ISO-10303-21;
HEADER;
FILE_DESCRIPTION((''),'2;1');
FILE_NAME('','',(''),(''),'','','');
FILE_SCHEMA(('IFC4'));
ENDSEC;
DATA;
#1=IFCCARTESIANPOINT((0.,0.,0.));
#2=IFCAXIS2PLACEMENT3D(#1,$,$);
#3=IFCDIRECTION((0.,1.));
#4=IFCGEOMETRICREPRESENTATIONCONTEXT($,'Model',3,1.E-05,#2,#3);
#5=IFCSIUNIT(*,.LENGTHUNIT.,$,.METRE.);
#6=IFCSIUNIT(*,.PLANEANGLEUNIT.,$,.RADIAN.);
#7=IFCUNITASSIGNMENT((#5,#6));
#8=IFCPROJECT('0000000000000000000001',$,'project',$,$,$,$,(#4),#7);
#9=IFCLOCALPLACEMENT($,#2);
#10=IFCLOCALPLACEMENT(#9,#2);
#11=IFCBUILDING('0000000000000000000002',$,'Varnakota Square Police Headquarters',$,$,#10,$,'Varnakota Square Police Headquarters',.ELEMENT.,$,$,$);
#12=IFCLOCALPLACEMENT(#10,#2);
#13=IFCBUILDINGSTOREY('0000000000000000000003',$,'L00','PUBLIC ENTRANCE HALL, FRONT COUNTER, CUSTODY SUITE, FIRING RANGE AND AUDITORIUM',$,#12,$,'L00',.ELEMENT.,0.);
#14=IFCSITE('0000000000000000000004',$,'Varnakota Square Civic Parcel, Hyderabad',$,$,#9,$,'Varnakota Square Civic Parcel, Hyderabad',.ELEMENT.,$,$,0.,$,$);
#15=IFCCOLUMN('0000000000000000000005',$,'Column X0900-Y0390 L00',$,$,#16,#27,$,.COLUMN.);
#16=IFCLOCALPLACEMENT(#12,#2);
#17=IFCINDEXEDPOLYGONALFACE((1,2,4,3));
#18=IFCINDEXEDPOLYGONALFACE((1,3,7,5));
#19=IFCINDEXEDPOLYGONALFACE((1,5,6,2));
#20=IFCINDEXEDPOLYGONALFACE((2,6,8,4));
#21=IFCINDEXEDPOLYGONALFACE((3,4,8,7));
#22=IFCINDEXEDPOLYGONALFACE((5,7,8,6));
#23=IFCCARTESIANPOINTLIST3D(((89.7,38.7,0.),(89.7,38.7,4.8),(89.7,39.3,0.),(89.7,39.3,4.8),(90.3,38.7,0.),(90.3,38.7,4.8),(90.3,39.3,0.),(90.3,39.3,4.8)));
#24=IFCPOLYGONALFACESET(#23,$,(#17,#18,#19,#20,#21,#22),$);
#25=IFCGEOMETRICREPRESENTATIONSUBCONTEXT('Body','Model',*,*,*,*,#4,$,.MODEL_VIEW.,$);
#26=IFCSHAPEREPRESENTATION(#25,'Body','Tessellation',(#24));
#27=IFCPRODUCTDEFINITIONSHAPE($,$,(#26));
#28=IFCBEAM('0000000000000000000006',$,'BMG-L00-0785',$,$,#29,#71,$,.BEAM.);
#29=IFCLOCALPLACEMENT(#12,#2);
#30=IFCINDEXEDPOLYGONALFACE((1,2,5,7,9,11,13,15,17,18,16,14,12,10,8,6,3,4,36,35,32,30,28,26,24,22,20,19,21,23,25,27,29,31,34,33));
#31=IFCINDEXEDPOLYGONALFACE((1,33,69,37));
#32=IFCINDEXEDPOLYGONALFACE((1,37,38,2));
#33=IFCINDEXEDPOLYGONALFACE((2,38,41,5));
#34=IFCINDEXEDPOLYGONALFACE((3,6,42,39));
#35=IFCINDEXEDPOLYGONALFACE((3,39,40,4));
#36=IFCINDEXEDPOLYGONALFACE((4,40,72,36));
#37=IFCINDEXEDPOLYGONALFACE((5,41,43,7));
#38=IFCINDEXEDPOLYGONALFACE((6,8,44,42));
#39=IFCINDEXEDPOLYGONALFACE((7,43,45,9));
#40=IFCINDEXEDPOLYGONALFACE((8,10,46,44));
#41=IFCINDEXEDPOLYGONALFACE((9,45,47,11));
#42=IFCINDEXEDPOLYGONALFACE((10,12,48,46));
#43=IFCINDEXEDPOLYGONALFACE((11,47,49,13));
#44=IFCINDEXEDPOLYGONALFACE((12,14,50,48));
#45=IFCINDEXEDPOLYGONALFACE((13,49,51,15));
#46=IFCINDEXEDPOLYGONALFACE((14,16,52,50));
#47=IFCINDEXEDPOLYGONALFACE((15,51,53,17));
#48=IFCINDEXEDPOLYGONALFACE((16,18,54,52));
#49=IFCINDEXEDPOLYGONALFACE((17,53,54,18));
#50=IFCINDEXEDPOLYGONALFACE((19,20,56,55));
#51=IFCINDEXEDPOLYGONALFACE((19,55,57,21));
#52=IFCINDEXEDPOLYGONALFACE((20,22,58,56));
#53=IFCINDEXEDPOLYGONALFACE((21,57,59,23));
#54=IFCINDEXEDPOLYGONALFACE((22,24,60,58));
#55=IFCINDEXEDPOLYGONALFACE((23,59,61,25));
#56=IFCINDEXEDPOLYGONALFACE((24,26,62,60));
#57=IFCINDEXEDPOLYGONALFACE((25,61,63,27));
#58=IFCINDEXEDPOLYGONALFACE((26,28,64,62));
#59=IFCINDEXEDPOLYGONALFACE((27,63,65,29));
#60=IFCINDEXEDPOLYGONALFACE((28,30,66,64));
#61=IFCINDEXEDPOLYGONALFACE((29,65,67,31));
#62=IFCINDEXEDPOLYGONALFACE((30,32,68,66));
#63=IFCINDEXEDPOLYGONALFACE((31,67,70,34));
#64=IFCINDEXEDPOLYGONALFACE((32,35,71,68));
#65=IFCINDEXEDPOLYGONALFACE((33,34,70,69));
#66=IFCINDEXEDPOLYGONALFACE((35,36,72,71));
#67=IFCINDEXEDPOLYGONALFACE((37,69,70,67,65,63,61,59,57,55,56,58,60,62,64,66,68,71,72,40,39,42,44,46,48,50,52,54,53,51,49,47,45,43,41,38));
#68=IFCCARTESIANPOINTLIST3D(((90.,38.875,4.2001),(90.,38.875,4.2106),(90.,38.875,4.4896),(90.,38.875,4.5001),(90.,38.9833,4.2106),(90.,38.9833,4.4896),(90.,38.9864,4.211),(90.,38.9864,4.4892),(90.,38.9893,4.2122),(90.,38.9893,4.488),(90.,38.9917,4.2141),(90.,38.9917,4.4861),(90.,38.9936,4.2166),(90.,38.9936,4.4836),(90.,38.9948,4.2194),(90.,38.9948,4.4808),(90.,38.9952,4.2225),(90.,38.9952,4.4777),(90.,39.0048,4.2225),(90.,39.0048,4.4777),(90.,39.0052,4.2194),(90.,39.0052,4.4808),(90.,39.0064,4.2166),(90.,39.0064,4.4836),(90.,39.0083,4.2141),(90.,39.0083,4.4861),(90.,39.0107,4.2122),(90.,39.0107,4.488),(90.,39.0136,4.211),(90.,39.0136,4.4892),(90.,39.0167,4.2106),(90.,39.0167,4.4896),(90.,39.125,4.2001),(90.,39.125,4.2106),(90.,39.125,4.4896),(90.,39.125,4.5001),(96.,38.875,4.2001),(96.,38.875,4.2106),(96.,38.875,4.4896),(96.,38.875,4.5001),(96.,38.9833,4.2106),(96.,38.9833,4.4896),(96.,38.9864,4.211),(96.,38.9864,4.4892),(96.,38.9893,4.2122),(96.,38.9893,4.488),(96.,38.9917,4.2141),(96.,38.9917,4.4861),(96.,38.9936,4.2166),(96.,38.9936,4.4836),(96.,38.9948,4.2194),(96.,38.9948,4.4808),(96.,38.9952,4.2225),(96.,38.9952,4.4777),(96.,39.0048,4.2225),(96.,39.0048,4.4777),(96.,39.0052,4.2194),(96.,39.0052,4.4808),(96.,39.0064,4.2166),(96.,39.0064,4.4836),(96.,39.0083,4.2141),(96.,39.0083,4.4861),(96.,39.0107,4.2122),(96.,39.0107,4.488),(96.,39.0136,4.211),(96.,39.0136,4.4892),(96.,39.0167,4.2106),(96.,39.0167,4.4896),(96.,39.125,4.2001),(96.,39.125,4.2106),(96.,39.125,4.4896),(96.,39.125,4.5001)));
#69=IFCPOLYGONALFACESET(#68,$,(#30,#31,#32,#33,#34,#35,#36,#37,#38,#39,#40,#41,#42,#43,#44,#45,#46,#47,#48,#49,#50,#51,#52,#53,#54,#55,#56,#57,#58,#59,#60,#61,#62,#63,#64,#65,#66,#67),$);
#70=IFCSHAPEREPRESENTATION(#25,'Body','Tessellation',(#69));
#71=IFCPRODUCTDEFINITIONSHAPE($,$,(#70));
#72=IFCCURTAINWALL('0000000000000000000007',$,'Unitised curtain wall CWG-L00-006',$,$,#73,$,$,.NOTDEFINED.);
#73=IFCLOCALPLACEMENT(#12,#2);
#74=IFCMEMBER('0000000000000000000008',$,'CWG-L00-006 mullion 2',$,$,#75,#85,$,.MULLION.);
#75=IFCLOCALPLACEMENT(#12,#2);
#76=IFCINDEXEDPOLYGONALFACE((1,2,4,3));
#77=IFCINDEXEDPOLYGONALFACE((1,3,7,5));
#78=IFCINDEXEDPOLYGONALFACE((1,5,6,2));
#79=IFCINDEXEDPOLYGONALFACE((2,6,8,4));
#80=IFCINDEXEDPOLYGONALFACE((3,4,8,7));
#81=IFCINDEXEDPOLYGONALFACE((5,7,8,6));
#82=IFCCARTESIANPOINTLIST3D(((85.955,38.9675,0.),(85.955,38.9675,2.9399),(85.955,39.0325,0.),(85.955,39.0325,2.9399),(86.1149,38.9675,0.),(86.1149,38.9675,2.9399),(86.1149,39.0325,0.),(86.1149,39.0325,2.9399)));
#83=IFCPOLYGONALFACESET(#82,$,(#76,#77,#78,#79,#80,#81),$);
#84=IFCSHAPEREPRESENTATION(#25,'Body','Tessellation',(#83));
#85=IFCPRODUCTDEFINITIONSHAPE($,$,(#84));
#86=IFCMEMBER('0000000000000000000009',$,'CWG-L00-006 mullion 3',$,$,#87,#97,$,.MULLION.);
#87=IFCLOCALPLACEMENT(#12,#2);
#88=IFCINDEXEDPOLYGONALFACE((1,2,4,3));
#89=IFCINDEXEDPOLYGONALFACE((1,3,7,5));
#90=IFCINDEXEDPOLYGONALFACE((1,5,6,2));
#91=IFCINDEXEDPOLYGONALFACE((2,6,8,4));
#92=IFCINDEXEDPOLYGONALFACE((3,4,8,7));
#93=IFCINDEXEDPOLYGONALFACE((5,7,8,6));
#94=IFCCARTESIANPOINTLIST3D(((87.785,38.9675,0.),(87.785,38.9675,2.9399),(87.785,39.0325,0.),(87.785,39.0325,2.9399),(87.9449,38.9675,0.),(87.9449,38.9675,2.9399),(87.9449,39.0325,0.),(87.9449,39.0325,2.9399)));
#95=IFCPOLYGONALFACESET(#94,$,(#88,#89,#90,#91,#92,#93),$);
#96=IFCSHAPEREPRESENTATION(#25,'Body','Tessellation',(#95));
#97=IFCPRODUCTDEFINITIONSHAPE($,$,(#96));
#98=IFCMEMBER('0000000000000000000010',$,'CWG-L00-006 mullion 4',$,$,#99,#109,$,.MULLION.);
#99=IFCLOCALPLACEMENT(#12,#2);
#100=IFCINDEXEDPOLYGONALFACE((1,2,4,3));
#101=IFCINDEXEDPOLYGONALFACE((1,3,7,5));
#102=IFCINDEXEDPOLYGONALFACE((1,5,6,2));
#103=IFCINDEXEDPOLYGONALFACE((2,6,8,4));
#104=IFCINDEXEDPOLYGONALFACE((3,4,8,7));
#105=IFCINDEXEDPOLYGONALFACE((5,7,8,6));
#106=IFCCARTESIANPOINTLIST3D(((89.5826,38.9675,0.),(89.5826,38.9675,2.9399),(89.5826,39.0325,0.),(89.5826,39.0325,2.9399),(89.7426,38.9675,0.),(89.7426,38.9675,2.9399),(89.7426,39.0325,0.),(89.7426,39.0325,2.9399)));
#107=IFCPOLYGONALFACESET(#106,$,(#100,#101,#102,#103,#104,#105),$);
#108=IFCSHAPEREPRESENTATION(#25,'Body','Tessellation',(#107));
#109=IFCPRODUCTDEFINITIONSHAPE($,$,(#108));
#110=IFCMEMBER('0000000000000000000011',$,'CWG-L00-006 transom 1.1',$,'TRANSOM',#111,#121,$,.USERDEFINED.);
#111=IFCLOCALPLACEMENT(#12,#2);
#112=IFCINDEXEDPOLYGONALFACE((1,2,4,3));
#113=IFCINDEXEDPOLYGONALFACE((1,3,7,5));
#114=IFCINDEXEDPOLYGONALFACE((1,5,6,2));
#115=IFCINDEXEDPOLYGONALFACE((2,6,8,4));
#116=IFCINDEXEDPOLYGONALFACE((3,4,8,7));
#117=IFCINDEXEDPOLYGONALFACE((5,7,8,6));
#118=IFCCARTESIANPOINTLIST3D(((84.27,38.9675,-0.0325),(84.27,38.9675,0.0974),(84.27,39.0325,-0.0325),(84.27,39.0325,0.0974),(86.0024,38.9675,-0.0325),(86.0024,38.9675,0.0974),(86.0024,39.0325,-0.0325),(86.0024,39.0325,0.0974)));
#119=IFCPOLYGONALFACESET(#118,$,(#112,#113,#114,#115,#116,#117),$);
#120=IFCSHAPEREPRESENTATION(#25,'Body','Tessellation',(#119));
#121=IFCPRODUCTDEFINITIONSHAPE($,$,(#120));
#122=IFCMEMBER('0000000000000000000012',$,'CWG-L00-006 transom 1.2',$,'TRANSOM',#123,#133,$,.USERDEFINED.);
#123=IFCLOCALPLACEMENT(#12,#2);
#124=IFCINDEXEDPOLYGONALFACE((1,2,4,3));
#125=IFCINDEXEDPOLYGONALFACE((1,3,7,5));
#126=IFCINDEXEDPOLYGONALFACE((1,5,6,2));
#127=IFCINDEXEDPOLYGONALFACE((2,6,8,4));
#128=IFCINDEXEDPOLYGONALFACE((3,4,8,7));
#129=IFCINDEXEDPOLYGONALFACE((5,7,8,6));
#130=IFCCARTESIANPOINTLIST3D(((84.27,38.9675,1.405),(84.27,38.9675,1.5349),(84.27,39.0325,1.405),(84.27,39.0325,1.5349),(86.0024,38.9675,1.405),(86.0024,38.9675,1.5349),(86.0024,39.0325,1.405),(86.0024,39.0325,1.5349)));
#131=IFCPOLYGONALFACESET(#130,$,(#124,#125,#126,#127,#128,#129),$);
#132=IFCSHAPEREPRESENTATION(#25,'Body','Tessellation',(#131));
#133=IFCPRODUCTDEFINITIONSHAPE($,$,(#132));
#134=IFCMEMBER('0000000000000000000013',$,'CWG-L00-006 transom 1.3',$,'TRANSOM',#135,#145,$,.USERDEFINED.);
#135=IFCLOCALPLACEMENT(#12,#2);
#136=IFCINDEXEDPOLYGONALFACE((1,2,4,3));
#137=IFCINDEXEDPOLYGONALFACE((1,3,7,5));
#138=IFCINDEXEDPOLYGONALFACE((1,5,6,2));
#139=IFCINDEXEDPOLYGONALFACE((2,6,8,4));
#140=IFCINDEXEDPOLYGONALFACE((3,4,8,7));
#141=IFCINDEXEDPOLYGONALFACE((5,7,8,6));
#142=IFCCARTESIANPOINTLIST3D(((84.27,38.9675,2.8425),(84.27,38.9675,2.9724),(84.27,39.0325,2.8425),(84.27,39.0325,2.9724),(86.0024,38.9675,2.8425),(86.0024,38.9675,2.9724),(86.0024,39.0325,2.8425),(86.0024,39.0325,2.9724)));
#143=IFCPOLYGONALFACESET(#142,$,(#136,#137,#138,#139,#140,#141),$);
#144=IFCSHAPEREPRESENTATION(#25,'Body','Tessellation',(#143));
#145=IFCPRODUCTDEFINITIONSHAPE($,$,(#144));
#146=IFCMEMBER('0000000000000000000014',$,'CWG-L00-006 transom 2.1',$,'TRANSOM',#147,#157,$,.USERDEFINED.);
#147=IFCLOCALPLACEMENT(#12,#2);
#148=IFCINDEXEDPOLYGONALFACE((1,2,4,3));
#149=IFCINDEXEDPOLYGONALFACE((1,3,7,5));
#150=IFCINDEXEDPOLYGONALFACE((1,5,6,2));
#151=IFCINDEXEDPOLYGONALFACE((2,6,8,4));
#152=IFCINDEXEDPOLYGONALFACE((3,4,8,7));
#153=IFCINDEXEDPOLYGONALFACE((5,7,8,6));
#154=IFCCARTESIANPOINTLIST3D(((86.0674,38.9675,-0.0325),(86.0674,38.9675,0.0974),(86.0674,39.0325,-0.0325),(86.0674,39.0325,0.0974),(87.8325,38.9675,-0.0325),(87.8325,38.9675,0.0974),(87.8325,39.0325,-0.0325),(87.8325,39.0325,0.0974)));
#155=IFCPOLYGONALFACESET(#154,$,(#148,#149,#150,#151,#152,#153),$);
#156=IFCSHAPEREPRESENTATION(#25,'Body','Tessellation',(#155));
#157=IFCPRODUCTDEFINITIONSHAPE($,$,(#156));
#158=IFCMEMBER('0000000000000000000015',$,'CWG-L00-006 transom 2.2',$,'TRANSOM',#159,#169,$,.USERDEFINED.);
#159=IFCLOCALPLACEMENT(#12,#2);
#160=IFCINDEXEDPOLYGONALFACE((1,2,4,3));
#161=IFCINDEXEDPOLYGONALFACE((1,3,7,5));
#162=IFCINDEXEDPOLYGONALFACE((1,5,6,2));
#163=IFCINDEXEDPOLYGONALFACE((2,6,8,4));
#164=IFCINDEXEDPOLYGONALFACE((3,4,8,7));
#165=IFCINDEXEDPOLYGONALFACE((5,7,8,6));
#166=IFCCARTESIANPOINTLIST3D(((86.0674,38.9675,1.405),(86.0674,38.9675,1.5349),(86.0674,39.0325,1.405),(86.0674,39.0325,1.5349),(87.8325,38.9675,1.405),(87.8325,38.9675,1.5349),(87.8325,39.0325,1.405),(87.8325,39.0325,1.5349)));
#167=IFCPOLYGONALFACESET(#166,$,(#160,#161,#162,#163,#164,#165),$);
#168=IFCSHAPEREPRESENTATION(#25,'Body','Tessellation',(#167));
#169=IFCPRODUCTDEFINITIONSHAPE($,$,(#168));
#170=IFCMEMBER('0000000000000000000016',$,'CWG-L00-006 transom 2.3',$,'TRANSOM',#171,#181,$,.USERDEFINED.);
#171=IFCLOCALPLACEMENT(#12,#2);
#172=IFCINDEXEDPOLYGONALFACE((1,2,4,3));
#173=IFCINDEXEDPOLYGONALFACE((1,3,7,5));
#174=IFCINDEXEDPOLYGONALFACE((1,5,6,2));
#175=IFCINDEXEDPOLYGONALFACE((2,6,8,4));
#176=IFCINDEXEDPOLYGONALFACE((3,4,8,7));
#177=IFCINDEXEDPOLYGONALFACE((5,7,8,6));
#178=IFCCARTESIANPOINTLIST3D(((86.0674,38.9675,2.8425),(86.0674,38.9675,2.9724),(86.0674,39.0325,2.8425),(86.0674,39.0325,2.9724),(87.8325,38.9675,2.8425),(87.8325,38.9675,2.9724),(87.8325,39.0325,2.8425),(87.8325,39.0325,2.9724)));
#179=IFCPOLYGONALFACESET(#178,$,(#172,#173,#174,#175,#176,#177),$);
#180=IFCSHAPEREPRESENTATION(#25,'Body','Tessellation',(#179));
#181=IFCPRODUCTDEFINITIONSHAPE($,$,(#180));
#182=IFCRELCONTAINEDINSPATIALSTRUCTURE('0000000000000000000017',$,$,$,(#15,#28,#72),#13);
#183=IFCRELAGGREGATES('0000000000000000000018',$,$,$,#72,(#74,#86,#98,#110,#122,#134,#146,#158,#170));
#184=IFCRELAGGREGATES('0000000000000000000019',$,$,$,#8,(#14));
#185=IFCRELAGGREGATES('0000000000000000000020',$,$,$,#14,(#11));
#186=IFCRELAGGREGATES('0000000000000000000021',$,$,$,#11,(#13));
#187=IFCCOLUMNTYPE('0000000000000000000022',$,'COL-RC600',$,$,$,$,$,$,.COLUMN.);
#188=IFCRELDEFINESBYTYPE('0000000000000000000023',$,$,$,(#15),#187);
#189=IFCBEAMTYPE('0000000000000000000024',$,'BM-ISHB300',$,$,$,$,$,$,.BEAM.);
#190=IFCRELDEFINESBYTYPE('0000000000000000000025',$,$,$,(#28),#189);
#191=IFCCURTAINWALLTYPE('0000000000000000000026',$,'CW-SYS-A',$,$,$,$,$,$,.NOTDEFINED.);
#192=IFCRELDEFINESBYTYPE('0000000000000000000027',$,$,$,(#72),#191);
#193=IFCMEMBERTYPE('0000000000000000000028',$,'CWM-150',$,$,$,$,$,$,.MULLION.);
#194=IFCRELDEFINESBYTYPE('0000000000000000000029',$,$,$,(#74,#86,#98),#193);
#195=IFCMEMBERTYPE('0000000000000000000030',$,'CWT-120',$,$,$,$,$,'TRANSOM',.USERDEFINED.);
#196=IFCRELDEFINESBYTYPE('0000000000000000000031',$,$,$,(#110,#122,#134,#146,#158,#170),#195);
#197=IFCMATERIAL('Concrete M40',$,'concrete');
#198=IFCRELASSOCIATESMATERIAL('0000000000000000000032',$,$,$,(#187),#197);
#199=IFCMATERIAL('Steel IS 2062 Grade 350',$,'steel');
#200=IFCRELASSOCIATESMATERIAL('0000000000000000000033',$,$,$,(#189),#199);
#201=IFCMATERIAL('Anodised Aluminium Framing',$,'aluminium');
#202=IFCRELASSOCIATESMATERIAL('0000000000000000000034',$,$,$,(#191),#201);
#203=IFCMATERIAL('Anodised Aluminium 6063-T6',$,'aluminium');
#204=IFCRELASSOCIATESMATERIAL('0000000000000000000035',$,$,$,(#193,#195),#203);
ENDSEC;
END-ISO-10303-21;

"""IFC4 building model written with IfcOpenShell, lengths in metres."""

from ifc_helpers import new_model, si_unit, direction, frame, origin, origin_2d, place, context, subcontext, project, spatial, rectangle, i_section, extrude, material, material_profile, profile_set, type_object, element, aggregate, save


model = new_model("IFC4")

# Units and contexts
model_context = context("Model", 3, precision=1e-05, world=origin(), true_north=direction((0.0, 1.0)))
body_context = subcontext(model_context, "Body", "Model", "MODEL_VIEW")
ifc_project = project(units=[si_unit("LENGTHUNIT", "METRE"), si_unit("PLANEANGLEUNIT", "RADIAN")], contexts=[model_context])

# Site, building, storey
site_placement = place(None, origin())
site = spatial("IfcSite", under=ifc_project, at=site_placement, Name="Varnakota Square Civic Parcel, Hyderabad", LongName="Varnakota Square Civic Parcel, Hyderabad", CompositionType="ELEMENT", RefElevation=0.0)
building_placement = place(site_placement, origin())
building = spatial("IfcBuilding", under=site, at=building_placement, Name="Varnakota Square Police Headquarters", LongName="Varnakota Square Police Headquarters", CompositionType="ELEMENT")
storey_placement = place(building_placement, origin())
storey = spatial("IfcBuildingStorey", under=building, at=storey_placement, Name="L00", Description="PUBLIC ENTRANCE HALL, FRONT COUNTER, CUSTODY SUITE, FIRING RANGE AND AUDITORIUM", LongName="L00", CompositionType="ELEMENT", Elevation=0.0)

# Column
ifc_material_1 = material(Name="Concrete M40", Category="concrete")
ifc_material_profile_1 = material_profile(ifc_material_1, rectangle(XDim=0.6001, YDim=0.6001, at=origin_2d()), Name="RC 600x600")
ifc_profile_set_1 = profile_set([ifc_material_profile_1], Name="Concrete M40")
column_type = type_object("IfcColumnType", Name="COL-RC600", PredefinedType="COLUMN", material=ifc_profile_set_1)
column_placement = place(storey_placement, frame((90.0, 39.0, 0.0), z_axis=(0.0, 0.0, 1.0), x_axis=(1.0, 0.0, 0.0)))
element("IfcColumn", 1, at=column_placement, inside=storey, type_object=column_type, Name="Column X0900-Y0390 L00", PredefinedType="COLUMN", context=body_context, shape_type="SweptSolid", body=[
    extrude(rectangle(XDim=0.6001, YDim=0.6001, at=origin_2d()), origin(), (0.0, 0.0, 1.0), 4.8),
])

# Beam
ifc_material_2 = material(Name="Steel IS 2062 Grade 350", Category="steel")
ifc_material_profile_2 = material_profile(ifc_material_2, i_section(OverallWidth=0.25, OverallDepth=0.3, WebThickness=0.0095, FlangeThickness=0.0105, FilletRadius=0.012, at=origin_2d()), Name="ISHB 300")
ifc_profile_set_2 = profile_set([ifc_material_profile_2], Name="Steel IS 2062 Grade 350")
beam_type = type_object("IfcBeamType", Name="BM-ISHB300", PredefinedType="BEAM", material=ifc_profile_set_2)
beam_placement = place(storey_placement, frame((90.0, 39.0, 4.3501), z_axis=(1.0, 0.0, 0.0), x_axis=(0.0, 1.0, 0.0)))
element("IfcBeam", 2, at=beam_placement, inside=storey, type_object=beam_type, Name="BMG-L00-0785", PredefinedType="BEAM", context=body_context, shape_type="SweptSolid", body=[
    extrude(i_section(OverallWidth=0.25, OverallDepth=0.3, WebThickness=0.0095, FlangeThickness=0.0105, FilletRadius=0.012, at=origin_2d()), origin(), (0.0, 0.0, 1.0), 6.0),
])

# Curtain wall, members
ifc_material_3 = material(Name="Anodised Aluminium Framing", Category="aluminium")
curtain_wall_type = type_object("IfcCurtainWallType", Name="CW-SYS-A", PredefinedType="NOTDEFINED", material=ifc_material_3)
curtain_wall_placement = place(storey_placement, origin())
curtain_wall = element("IfcCurtainWall", 3, at=curtain_wall_placement, inside=storey, type_object=curtain_wall_type, Name="Unitised curtain wall CWG-L00-006", PredefinedType="NOTDEFINED")
ifc_material_4 = material(Name="Anodised Aluminium 6063-T6", Category="aluminium")
ifc_material_profile_3 = material_profile(ifc_material_4, rectangle(XDim=0.0649, YDim=0.1599, at=origin_2d()), Name="ALU MULLION 65x160")
ifc_profile_set_3 = profile_set([ifc_material_profile_3], Name="Anodised Aluminium 6063-T6")
member_type_1 = type_object("IfcMemberType", Name="CWM-150", PredefinedType="MULLION", material=ifc_profile_set_3)
member_1_placement = place(storey_placement, frame((86.0349, 39.0, 0.0), z_axis=(0.0, 0.0, 1.0), x_axis=(0.0, 1.0, 0.0)))
member_1 = element("IfcMember", 4, at=member_1_placement, type_object=member_type_1, Name="CWG-L00-006 mullion 2", PredefinedType="MULLION", context=body_context, shape_type="SweptSolid", body=[
    extrude(rectangle(XDim=0.0649, YDim=0.1599, at=origin_2d()), origin(), (0.0, 0.0, 1.0), 2.9399),
])
member_2_placement = place(storey_placement, frame((87.865, 39.0, 0.0), z_axis=(0.0, 0.0, 1.0), x_axis=(0.0, 1.0, 0.0)))
member_2 = element("IfcMember", 5, at=member_2_placement, type_object=member_type_1, Name="CWG-L00-006 mullion 3", PredefinedType="MULLION", context=body_context, shape_type="SweptSolid", body=[
    extrude(rectangle(XDim=0.0649, YDim=0.1599, at=origin_2d()), origin(), (0.0, 0.0, 1.0), 2.9399),
])
member_3_placement = place(storey_placement, frame((89.6626, 39.0, 0.0), z_axis=(0.0, 0.0, 1.0), x_axis=(0.0, 1.0, 0.0)))
member_3 = element("IfcMember", 6, at=member_3_placement, type_object=member_type_1, Name="CWG-L00-006 mullion 4", PredefinedType="MULLION", context=body_context, shape_type="SweptSolid", body=[
    extrude(rectangle(XDim=0.0649, YDim=0.1599, at=origin_2d()), origin(), (0.0, 0.0, 1.0), 2.9399),
])
ifc_material_profile_4 = material_profile(ifc_material_4, rectangle(XDim=0.0649, YDim=0.1299, at=origin_2d()), Name="ALU TRANSOM 65x130")
ifc_profile_set_4 = profile_set([ifc_material_profile_4], Name="Anodised Aluminium 6063-T6")
member_type_2 = type_object("IfcMemberType", Name="CWT-120", ElementType="TRANSOM", PredefinedType="USERDEFINED", material=ifc_profile_set_4)
member_4_placement = place(storey_placement, frame((84.27, 39.0, 0.0325), z_axis=(1.0, 0.0, 0.0), x_axis=(0.0, 1.0, 0.0)))
member_4 = element("IfcMember", 7, at=member_4_placement, type_object=member_type_2, Name="CWG-L00-006 transom 1.1", ObjectType="TRANSOM", PredefinedType="USERDEFINED", context=body_context, shape_type="SweptSolid", body=[
    extrude(rectangle(XDim=0.0649, YDim=0.1299, at=origin_2d()), origin(), (0.0, 0.0, 1.0), 1.7324),
])
member_5_placement = place(storey_placement, frame((84.27, 39.0, 1.47), z_axis=(1.0, 0.0, 0.0), x_axis=(0.0, 1.0, 0.0)))
member_5 = element("IfcMember", 8, at=member_5_placement, type_object=member_type_2, Name="CWG-L00-006 transom 1.2", ObjectType="TRANSOM", PredefinedType="USERDEFINED", context=body_context, shape_type="SweptSolid", body=[
    extrude(rectangle(XDim=0.0649, YDim=0.1299, at=origin_2d()), origin(), (0.0, 0.0, 1.0), 1.7324),
])
member_6_placement = place(storey_placement, frame((84.27, 39.0, 2.9075), z_axis=(1.0, 0.0, 0.0), x_axis=(0.0, 1.0, 0.0)))
member_6 = element("IfcMember", 9, at=member_6_placement, type_object=member_type_2, Name="CWG-L00-006 transom 1.3", ObjectType="TRANSOM", PredefinedType="USERDEFINED", context=body_context, shape_type="SweptSolid", body=[
    extrude(rectangle(XDim=0.0649, YDim=0.1299, at=origin_2d()), origin(), (0.0, 0.0, 1.0), 1.7324),
])
member_7_placement = place(storey_placement, frame((86.0674, 39.0, 0.0325), z_axis=(1.0, 0.0, 0.0), x_axis=(0.0, 1.0, 0.0)))
member_7 = element("IfcMember", 10, at=member_7_placement, type_object=member_type_2, Name="CWG-L00-006 transom 2.1", ObjectType="TRANSOM", PredefinedType="USERDEFINED", context=body_context, shape_type="SweptSolid", body=[
    extrude(rectangle(XDim=0.0649, YDim=0.1299, at=origin_2d()), origin(), (0.0, 0.0, 1.0), 1.7651),
])
member_8_placement = place(storey_placement, frame((86.0674, 39.0, 1.47), z_axis=(1.0, 0.0, 0.0), x_axis=(0.0, 1.0, 0.0)))
member_8 = element("IfcMember", 11, at=member_8_placement, type_object=member_type_2, Name="CWG-L00-006 transom 2.2", ObjectType="TRANSOM", PredefinedType="USERDEFINED", context=body_context, shape_type="SweptSolid", body=[
    extrude(rectangle(XDim=0.0649, YDim=0.1299, at=origin_2d()), origin(), (0.0, 0.0, 1.0), 1.7651),
])
member_9_placement = place(storey_placement, frame((86.0674, 39.0, 2.9075), z_axis=(1.0, 0.0, 0.0), x_axis=(0.0, 1.0, 0.0)))
member_9 = element("IfcMember", 12, at=member_9_placement, type_object=member_type_2, Name="CWG-L00-006 transom 2.3", ObjectType="TRANSOM", PredefinedType="USERDEFINED", context=body_context, shape_type="SweptSolid", body=[
    extrude(rectangle(XDim=0.0649, YDim=0.1299, at=origin_2d()), origin(), (0.0, 0.0, 1.0), 1.7651),
])
aggregate(curtain_wall, [member_1, member_2, member_3, member_4, member_5, member_6, member_7, member_8, member_9])

save(model, "model.ifc")
